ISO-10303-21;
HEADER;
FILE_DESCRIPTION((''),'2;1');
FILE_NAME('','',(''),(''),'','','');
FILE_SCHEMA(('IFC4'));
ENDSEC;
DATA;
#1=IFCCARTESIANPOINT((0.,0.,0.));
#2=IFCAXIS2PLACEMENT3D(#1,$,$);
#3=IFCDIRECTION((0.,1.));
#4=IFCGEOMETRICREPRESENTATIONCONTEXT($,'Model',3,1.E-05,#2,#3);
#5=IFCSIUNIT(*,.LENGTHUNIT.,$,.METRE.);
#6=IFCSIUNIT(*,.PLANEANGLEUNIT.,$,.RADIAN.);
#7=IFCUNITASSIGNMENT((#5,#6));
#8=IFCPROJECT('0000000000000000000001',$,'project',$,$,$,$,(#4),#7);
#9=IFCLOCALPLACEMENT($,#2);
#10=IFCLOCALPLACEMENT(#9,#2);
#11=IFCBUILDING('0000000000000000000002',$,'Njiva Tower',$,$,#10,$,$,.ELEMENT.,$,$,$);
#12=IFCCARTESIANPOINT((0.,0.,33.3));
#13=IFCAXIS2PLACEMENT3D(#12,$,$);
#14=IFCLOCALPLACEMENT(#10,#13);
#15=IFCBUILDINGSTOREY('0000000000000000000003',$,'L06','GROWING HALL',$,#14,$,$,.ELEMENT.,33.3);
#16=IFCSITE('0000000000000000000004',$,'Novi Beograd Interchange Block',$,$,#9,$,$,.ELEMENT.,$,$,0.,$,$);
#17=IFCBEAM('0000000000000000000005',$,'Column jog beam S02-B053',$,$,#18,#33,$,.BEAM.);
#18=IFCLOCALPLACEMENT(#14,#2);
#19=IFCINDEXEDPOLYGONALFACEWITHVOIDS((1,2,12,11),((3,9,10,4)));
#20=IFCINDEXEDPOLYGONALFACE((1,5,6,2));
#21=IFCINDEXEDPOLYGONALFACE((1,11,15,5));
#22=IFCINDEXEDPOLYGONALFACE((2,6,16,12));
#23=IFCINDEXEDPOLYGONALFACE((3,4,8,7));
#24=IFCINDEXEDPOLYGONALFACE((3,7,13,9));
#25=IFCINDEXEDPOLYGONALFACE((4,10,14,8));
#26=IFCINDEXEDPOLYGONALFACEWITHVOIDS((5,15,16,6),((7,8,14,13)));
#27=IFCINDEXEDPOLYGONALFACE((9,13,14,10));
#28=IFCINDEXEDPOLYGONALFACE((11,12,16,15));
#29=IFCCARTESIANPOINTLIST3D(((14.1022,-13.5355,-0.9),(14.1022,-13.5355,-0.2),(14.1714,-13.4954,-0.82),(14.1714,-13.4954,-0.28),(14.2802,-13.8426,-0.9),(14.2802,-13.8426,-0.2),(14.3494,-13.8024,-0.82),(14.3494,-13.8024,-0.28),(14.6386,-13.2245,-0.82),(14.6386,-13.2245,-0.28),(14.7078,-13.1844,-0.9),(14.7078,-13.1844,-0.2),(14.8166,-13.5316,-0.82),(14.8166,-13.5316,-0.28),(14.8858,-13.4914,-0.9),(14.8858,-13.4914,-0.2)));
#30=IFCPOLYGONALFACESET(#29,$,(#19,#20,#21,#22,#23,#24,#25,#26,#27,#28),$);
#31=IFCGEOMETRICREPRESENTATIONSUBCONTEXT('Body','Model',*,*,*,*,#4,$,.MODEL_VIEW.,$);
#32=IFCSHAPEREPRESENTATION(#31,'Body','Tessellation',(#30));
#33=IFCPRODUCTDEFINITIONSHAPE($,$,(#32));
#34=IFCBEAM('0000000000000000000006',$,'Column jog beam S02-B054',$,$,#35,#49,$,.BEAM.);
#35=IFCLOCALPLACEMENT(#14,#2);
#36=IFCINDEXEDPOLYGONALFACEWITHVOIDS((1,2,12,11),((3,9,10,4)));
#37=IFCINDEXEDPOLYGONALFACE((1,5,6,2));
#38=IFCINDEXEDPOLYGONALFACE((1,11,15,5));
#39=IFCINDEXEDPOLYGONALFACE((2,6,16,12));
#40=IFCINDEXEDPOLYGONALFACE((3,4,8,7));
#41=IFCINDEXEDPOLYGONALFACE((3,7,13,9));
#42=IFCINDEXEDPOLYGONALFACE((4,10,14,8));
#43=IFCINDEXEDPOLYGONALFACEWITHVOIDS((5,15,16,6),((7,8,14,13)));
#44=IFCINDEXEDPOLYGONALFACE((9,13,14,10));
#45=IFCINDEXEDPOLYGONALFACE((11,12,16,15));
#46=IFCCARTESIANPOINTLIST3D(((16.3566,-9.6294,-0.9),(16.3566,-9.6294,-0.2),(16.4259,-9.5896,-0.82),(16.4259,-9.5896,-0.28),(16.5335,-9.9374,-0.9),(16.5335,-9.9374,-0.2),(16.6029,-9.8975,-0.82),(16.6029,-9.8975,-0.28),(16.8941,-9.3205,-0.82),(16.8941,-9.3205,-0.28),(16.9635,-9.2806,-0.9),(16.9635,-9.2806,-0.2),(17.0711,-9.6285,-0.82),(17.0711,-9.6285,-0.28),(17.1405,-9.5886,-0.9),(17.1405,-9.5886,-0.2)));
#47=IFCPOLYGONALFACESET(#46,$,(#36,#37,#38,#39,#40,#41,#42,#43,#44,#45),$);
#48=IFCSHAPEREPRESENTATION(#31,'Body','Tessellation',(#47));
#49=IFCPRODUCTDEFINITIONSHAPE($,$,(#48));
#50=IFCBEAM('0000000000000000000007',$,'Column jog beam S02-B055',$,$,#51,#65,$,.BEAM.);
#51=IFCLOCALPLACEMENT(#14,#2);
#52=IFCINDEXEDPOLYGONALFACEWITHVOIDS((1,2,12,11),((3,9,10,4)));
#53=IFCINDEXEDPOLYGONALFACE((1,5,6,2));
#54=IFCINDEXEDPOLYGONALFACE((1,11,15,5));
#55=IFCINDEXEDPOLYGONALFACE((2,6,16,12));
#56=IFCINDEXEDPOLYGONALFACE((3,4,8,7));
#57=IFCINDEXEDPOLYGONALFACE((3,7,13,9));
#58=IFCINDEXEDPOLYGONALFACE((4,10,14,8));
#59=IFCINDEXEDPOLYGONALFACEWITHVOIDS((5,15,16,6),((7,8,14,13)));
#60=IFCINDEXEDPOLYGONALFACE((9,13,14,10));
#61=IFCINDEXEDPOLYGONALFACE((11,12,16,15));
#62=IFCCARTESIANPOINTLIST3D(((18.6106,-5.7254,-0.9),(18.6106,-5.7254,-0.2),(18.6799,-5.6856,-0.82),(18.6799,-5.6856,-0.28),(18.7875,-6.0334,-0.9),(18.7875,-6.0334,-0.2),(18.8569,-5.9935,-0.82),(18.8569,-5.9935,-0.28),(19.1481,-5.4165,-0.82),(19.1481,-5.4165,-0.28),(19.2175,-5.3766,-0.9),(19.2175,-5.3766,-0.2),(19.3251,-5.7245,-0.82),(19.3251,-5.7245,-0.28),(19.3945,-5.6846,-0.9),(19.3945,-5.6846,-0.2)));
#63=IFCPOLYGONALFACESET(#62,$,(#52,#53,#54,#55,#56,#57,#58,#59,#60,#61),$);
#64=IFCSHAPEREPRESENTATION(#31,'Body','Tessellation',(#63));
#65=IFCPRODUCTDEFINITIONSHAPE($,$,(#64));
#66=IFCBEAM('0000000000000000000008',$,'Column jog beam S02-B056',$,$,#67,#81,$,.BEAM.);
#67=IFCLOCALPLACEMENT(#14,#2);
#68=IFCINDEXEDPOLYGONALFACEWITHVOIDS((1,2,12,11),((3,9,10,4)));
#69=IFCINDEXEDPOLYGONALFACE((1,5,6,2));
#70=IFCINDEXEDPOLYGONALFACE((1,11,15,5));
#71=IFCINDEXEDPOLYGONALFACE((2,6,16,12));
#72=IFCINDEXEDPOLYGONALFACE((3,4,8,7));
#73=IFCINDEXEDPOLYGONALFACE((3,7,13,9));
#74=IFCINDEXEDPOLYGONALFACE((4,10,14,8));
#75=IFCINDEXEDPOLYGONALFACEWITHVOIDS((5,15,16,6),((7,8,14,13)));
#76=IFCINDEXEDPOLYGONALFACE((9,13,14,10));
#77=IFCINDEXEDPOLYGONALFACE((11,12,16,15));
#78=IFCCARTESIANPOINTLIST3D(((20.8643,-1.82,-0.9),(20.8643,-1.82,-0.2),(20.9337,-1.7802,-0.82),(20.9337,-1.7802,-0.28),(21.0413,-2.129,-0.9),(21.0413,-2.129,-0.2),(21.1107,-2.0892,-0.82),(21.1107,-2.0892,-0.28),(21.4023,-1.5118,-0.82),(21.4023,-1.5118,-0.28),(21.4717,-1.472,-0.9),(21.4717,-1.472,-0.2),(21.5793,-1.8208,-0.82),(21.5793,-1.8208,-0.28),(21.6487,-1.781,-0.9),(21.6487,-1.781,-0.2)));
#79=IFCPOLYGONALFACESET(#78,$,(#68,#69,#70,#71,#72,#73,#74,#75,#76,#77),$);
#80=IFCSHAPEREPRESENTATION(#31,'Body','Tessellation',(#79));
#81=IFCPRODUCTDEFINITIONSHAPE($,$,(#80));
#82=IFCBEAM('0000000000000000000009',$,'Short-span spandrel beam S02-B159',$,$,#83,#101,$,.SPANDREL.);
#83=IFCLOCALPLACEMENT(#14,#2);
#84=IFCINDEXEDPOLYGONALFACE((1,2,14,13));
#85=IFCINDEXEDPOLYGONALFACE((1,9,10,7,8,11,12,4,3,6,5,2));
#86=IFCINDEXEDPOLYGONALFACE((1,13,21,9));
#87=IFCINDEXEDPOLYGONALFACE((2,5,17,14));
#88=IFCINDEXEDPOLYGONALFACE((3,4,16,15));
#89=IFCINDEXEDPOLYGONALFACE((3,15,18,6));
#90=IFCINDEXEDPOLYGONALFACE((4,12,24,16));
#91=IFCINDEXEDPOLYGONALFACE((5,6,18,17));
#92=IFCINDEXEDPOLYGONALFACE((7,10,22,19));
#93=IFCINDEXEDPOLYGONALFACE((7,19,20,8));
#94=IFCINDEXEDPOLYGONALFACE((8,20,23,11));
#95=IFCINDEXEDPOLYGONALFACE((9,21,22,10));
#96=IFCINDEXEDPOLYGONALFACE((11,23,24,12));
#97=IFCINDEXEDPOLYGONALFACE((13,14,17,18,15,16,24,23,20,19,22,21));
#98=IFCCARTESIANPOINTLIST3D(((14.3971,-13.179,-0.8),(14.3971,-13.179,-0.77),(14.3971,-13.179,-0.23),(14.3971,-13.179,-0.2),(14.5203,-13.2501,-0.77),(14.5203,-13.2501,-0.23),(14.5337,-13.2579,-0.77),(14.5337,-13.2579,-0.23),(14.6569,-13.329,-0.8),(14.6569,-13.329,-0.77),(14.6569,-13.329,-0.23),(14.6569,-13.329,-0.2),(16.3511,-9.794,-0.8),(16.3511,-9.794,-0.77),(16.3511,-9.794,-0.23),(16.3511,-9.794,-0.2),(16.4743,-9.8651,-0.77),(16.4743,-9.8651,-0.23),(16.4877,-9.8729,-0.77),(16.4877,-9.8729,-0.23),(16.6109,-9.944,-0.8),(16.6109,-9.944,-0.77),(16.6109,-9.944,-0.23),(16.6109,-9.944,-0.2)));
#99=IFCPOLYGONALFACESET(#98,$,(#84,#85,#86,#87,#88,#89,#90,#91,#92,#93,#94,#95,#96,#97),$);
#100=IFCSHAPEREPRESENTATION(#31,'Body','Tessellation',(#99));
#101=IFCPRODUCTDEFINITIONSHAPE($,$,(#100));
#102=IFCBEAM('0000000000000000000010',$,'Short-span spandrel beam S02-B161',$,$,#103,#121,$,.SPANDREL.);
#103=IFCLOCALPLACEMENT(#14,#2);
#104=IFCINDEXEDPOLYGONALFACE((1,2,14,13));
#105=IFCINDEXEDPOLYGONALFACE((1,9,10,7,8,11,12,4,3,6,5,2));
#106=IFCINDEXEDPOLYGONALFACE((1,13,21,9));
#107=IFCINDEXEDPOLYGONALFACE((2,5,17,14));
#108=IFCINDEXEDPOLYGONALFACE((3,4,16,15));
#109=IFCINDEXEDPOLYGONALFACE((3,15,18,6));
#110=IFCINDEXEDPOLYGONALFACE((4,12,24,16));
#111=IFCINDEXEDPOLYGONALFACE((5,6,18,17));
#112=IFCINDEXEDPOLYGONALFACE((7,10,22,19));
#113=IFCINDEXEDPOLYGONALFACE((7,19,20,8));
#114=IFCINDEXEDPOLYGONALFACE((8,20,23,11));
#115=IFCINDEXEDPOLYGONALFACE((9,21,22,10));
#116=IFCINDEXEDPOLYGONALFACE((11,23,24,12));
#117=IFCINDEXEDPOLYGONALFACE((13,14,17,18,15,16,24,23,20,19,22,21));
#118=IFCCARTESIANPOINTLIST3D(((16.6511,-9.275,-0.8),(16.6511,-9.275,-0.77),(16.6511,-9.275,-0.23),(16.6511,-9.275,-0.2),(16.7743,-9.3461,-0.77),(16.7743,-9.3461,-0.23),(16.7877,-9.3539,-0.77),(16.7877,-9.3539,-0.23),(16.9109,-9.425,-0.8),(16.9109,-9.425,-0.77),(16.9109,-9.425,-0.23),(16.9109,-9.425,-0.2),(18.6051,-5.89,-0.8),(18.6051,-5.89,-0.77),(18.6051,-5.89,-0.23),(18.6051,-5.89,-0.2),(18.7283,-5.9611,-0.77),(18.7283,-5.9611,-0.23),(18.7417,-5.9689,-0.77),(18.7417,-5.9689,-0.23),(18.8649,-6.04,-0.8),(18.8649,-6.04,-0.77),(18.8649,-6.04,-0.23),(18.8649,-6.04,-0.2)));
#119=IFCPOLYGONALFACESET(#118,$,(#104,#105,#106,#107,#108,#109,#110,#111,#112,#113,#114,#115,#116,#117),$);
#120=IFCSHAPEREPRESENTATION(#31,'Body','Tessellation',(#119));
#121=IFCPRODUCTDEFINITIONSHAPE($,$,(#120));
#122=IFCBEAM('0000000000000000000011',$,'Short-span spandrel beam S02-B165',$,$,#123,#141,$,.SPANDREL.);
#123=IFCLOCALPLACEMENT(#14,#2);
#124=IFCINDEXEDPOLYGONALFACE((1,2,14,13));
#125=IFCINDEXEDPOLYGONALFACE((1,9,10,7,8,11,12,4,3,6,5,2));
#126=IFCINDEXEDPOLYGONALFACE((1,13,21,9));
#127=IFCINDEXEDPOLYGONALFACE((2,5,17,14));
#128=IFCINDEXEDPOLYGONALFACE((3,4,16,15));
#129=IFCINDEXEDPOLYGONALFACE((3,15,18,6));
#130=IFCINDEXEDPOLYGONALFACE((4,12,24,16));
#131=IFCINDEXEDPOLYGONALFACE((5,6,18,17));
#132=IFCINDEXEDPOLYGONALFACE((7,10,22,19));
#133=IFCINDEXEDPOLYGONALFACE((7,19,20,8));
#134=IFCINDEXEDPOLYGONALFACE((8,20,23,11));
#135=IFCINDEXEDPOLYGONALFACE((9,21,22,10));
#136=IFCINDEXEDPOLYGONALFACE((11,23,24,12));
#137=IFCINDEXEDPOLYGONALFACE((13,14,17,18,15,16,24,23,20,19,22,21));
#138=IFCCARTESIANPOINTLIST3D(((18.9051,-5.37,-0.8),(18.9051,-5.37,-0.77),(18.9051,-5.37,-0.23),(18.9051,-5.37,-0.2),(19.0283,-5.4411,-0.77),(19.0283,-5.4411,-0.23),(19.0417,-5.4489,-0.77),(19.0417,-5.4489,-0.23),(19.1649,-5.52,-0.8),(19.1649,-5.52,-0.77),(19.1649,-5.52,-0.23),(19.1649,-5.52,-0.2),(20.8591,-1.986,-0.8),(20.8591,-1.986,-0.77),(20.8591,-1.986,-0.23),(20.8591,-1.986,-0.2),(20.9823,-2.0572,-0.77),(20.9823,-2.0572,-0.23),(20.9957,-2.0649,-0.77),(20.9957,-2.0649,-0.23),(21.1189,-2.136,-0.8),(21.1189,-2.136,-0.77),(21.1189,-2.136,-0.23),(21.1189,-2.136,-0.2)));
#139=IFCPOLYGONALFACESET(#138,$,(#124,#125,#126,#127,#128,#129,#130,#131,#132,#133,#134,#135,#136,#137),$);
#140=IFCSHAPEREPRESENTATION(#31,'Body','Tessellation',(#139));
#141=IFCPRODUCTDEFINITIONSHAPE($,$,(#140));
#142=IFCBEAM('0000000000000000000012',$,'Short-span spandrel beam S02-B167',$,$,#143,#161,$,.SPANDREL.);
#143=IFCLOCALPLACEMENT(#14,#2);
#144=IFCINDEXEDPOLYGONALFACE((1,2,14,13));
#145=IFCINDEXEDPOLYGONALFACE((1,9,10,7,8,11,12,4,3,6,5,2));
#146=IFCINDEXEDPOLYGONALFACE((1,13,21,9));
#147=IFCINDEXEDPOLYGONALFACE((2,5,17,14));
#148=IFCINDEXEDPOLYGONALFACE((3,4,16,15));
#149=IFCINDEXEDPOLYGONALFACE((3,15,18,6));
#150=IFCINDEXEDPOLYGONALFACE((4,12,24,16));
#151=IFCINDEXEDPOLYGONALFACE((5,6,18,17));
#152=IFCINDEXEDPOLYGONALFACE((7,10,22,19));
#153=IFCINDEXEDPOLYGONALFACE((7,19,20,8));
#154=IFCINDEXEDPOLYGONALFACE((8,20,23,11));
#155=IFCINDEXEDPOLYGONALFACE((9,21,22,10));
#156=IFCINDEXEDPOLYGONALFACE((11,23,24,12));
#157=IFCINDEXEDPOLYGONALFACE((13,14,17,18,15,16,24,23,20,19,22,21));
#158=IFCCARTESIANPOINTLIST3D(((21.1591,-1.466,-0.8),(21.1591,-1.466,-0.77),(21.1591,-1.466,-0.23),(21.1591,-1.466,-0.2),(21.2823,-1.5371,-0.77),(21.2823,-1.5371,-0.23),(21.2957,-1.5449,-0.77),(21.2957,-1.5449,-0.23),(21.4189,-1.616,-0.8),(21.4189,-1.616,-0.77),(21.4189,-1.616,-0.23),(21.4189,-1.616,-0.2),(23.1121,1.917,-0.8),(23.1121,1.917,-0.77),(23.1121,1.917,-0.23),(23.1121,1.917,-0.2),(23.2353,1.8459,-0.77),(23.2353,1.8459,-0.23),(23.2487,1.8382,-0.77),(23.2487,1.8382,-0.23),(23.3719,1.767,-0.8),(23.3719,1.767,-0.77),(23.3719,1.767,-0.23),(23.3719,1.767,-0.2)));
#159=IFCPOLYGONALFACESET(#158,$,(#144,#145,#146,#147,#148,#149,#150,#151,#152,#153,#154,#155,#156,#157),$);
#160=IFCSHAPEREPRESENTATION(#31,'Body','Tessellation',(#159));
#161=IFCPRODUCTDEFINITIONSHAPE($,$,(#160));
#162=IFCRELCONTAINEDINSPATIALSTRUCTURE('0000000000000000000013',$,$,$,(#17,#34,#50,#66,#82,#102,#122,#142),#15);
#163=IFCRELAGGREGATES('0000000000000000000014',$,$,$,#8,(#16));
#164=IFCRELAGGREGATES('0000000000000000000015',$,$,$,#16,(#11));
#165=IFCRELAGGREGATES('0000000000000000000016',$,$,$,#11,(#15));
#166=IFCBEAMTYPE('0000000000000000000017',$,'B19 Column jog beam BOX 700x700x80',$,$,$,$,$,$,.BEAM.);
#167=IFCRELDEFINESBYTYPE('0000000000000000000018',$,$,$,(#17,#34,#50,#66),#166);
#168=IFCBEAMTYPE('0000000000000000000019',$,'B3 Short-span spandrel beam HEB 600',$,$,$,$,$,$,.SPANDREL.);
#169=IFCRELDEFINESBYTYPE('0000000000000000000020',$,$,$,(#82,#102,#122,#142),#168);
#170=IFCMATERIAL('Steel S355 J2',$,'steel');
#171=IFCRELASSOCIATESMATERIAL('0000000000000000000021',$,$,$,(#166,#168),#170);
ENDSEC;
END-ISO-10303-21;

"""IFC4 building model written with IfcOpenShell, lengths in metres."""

from ifc_helpers import new_model, si_unit, direction, frame, origin, origin_2d, place, context, subcontext, project, spatial, hollow_rectangle, i_section, extrude, material, material_profile, profile_set, type_object, element, save


model = new_model("IFC4")

# Units and contexts
model_context = context("Model", 3, precision=1e-05, world=origin(), true_north=direction((0.0, 1.0)))
body_context = subcontext(model_context, "Body", "Model", "MODEL_VIEW")
ifc_project = project(units=[si_unit("LENGTHUNIT", "METRE"), si_unit("PLANEANGLEUNIT", "RADIAN")], contexts=[model_context])

# Site, building, storey
site_placement = place(None, origin())
site = spatial("IfcSite", under=ifc_project, at=site_placement, Name="Novi Beograd Interchange Block", CompositionType="ELEMENT", RefElevation=0.0)
building_placement = place(site_placement, origin())
building = spatial("IfcBuilding", under=site, at=building_placement, Name="Njiva Tower", CompositionType="ELEMENT")
storey_placement = place(building_placement, frame((0.0, 0.0, 33.3)))
storey = spatial("IfcBuildingStorey", under=building, at=storey_placement, Name="L06", Description="GROWING HALL", CompositionType="ELEMENT", Elevation=33.3)

# Shared definitions
ifc_material_1 = material(Name="Steel S355 J2", Category="steel")

# Beams
ifc_material_profile_1 = material_profile(ifc_material_1, hollow_rectangle(XDim=0.7, YDim=0.7, WallThickness=0.08, at=origin_2d()), Name="BOX 700x700x80")
ifc_profile_set_1 = profile_set([ifc_material_profile_1], Name="Steel S355 J2")
beam_type_1 = type_object("IfcBeamType", Name="B19 Column jog beam BOX 700x700x80", PredefinedType="BEAM", material=ifc_profile_set_1)
beam_1_placement = place(storey_placement, frame((14.583, -13.667, -0.55), z_axis=(-0.501592, 0.865105, 0.0), x_axis=(-0.865105, -0.501592, 0.0)))
element("IfcBeam", 1, at=beam_1_placement, inside=storey, type_object=beam_type_1, Name="Column jog beam S02-B053", PredefinedType="BEAM", context=body_context, shape_type="SweptSolid", body=[
    extrude(hollow_rectangle(XDim=0.7, YDim=0.7, WallThickness=0.08, at=origin_2d()), origin(), (0.0, 0.0, 1.0), 0.3549),
])
for number, where, z_axis, x_axis, name in (
    (2, (16.837, -9.763, -0.55), (-0.49826, 0.867028, 0.0), (-0.867028, -0.49826, 0.0), "Column jog beam S02-B054"),
    (3, (19.091, -5.859, -0.55), (-0.49826, 0.867028, 0.0), (-0.867028, -0.49826, 0.0), "Column jog beam S02-B055"),
):
    element("IfcBeam", number, at=place(storey_placement, frame(where, z_axis=z_axis, x_axis=x_axis)), inside=storey, type_object=beam_type_1, Name=name, PredefinedType="BEAM", context=body_context, shape_type="SweptSolid", body=[
        extrude(hollow_rectangle(XDim=0.7, YDim=0.7, WallThickness=0.08, at=origin_2d()), origin(), (0.0, 0.0, 1.0), 0.3552),
    ])
beam_2_placement = place(storey_placement, frame((21.345, -1.955, -0.55), z_axis=(-0.497046, 0.867724, 0.0), x_axis=(-0.867724, -0.497046, 0.0)))
element("IfcBeam", 4, at=beam_2_placement, inside=storey, type_object=beam_type_1, Name="Column jog beam S02-B056", PredefinedType="BEAM", context=body_context, shape_type="SweptSolid", body=[
    extrude(hollow_rectangle(XDim=0.7, YDim=0.7, WallThickness=0.08, at=origin_2d()), origin(), (0.0, 0.0, 1.0), 0.3561),
])
ifc_material_profile_2 = material_profile(ifc_material_1, i_section(OverallWidth=0.3, OverallDepth=0.6, WebThickness=0.0155, FlangeThickness=0.03, at=origin_2d()), Name="HEB 600")
ifc_profile_set_2 = profile_set([ifc_material_profile_2], Name="Steel S355 J2")
beam_type_2 = type_object("IfcBeamType", Name="B3 Short-span spandrel beam HEB 600", PredefinedType="SPANDREL", material=ifc_profile_set_2)
for number, where, z_axis, x_axis, name in (
    (5, (14.527, -13.254, -0.5), (0.499937, 0.866062, 0.0), (-0.866062, 0.499937, 0.0), "Short-span spandrel beam S02-B159"),
    (6, (16.781, -9.35, -0.5), (0.499937, 0.866062, 0.0), (-0.866062, 0.499937, 0.0), "Short-span spandrel beam S02-B161"),
):
    element("IfcBeam", number, at=place(storey_placement, frame(where, z_axis=z_axis, x_axis=x_axis)), inside=storey, type_object=beam_type_2, Name=name, PredefinedType="SPANDREL", context=body_context, shape_type="SweptSolid", body=[
        extrude(i_section(OverallWidth=0.3, OverallDepth=0.6, WebThickness=0.0155, FlangeThickness=0.03, at=origin_2d()), origin(), (0.0, 0.0, 1.0), 3.9085),
    ])
beam_3_placement = place(storey_placement, frame((19.035, -5.445, -0.5), z_axis=(0.500047, 0.865998, 0.0), x_axis=(-0.865998, 0.500047, 0.0)))
element("IfcBeam", 7, at=beam_3_placement, inside=storey, type_object=beam_type_2, Name="Short-span spandrel beam S02-B165", PredefinedType="SPANDREL", context=body_context, shape_type="SweptSolid", body=[
    extrude(i_section(OverallWidth=0.3, OverallDepth=0.6, WebThickness=0.0155, FlangeThickness=0.03, at=origin_2d()), origin(), (0.0, 0.0, 1.0), 3.9076),
])
beam_4_placement = place(storey_placement, frame((21.289, -1.541, -0.5), z_axis=(0.499966, 0.866045, 0.0), x_axis=(-0.866045, 0.499966, 0.0)))
element("IfcBeam", 8, at=beam_4_placement, inside=storey, type_object=beam_type_2, Name="Short-span spandrel beam S02-B167", PredefinedType="SPANDREL", context=body_context, shape_type="SweptSolid", body=[
    extrude(i_section(OverallWidth=0.3, OverallDepth=0.6, WebThickness=0.0155, FlangeThickness=0.03, at=origin_2d()), origin(), (0.0, 0.0, 1.0), 3.9063),
])

save(model, "model.ifc")
